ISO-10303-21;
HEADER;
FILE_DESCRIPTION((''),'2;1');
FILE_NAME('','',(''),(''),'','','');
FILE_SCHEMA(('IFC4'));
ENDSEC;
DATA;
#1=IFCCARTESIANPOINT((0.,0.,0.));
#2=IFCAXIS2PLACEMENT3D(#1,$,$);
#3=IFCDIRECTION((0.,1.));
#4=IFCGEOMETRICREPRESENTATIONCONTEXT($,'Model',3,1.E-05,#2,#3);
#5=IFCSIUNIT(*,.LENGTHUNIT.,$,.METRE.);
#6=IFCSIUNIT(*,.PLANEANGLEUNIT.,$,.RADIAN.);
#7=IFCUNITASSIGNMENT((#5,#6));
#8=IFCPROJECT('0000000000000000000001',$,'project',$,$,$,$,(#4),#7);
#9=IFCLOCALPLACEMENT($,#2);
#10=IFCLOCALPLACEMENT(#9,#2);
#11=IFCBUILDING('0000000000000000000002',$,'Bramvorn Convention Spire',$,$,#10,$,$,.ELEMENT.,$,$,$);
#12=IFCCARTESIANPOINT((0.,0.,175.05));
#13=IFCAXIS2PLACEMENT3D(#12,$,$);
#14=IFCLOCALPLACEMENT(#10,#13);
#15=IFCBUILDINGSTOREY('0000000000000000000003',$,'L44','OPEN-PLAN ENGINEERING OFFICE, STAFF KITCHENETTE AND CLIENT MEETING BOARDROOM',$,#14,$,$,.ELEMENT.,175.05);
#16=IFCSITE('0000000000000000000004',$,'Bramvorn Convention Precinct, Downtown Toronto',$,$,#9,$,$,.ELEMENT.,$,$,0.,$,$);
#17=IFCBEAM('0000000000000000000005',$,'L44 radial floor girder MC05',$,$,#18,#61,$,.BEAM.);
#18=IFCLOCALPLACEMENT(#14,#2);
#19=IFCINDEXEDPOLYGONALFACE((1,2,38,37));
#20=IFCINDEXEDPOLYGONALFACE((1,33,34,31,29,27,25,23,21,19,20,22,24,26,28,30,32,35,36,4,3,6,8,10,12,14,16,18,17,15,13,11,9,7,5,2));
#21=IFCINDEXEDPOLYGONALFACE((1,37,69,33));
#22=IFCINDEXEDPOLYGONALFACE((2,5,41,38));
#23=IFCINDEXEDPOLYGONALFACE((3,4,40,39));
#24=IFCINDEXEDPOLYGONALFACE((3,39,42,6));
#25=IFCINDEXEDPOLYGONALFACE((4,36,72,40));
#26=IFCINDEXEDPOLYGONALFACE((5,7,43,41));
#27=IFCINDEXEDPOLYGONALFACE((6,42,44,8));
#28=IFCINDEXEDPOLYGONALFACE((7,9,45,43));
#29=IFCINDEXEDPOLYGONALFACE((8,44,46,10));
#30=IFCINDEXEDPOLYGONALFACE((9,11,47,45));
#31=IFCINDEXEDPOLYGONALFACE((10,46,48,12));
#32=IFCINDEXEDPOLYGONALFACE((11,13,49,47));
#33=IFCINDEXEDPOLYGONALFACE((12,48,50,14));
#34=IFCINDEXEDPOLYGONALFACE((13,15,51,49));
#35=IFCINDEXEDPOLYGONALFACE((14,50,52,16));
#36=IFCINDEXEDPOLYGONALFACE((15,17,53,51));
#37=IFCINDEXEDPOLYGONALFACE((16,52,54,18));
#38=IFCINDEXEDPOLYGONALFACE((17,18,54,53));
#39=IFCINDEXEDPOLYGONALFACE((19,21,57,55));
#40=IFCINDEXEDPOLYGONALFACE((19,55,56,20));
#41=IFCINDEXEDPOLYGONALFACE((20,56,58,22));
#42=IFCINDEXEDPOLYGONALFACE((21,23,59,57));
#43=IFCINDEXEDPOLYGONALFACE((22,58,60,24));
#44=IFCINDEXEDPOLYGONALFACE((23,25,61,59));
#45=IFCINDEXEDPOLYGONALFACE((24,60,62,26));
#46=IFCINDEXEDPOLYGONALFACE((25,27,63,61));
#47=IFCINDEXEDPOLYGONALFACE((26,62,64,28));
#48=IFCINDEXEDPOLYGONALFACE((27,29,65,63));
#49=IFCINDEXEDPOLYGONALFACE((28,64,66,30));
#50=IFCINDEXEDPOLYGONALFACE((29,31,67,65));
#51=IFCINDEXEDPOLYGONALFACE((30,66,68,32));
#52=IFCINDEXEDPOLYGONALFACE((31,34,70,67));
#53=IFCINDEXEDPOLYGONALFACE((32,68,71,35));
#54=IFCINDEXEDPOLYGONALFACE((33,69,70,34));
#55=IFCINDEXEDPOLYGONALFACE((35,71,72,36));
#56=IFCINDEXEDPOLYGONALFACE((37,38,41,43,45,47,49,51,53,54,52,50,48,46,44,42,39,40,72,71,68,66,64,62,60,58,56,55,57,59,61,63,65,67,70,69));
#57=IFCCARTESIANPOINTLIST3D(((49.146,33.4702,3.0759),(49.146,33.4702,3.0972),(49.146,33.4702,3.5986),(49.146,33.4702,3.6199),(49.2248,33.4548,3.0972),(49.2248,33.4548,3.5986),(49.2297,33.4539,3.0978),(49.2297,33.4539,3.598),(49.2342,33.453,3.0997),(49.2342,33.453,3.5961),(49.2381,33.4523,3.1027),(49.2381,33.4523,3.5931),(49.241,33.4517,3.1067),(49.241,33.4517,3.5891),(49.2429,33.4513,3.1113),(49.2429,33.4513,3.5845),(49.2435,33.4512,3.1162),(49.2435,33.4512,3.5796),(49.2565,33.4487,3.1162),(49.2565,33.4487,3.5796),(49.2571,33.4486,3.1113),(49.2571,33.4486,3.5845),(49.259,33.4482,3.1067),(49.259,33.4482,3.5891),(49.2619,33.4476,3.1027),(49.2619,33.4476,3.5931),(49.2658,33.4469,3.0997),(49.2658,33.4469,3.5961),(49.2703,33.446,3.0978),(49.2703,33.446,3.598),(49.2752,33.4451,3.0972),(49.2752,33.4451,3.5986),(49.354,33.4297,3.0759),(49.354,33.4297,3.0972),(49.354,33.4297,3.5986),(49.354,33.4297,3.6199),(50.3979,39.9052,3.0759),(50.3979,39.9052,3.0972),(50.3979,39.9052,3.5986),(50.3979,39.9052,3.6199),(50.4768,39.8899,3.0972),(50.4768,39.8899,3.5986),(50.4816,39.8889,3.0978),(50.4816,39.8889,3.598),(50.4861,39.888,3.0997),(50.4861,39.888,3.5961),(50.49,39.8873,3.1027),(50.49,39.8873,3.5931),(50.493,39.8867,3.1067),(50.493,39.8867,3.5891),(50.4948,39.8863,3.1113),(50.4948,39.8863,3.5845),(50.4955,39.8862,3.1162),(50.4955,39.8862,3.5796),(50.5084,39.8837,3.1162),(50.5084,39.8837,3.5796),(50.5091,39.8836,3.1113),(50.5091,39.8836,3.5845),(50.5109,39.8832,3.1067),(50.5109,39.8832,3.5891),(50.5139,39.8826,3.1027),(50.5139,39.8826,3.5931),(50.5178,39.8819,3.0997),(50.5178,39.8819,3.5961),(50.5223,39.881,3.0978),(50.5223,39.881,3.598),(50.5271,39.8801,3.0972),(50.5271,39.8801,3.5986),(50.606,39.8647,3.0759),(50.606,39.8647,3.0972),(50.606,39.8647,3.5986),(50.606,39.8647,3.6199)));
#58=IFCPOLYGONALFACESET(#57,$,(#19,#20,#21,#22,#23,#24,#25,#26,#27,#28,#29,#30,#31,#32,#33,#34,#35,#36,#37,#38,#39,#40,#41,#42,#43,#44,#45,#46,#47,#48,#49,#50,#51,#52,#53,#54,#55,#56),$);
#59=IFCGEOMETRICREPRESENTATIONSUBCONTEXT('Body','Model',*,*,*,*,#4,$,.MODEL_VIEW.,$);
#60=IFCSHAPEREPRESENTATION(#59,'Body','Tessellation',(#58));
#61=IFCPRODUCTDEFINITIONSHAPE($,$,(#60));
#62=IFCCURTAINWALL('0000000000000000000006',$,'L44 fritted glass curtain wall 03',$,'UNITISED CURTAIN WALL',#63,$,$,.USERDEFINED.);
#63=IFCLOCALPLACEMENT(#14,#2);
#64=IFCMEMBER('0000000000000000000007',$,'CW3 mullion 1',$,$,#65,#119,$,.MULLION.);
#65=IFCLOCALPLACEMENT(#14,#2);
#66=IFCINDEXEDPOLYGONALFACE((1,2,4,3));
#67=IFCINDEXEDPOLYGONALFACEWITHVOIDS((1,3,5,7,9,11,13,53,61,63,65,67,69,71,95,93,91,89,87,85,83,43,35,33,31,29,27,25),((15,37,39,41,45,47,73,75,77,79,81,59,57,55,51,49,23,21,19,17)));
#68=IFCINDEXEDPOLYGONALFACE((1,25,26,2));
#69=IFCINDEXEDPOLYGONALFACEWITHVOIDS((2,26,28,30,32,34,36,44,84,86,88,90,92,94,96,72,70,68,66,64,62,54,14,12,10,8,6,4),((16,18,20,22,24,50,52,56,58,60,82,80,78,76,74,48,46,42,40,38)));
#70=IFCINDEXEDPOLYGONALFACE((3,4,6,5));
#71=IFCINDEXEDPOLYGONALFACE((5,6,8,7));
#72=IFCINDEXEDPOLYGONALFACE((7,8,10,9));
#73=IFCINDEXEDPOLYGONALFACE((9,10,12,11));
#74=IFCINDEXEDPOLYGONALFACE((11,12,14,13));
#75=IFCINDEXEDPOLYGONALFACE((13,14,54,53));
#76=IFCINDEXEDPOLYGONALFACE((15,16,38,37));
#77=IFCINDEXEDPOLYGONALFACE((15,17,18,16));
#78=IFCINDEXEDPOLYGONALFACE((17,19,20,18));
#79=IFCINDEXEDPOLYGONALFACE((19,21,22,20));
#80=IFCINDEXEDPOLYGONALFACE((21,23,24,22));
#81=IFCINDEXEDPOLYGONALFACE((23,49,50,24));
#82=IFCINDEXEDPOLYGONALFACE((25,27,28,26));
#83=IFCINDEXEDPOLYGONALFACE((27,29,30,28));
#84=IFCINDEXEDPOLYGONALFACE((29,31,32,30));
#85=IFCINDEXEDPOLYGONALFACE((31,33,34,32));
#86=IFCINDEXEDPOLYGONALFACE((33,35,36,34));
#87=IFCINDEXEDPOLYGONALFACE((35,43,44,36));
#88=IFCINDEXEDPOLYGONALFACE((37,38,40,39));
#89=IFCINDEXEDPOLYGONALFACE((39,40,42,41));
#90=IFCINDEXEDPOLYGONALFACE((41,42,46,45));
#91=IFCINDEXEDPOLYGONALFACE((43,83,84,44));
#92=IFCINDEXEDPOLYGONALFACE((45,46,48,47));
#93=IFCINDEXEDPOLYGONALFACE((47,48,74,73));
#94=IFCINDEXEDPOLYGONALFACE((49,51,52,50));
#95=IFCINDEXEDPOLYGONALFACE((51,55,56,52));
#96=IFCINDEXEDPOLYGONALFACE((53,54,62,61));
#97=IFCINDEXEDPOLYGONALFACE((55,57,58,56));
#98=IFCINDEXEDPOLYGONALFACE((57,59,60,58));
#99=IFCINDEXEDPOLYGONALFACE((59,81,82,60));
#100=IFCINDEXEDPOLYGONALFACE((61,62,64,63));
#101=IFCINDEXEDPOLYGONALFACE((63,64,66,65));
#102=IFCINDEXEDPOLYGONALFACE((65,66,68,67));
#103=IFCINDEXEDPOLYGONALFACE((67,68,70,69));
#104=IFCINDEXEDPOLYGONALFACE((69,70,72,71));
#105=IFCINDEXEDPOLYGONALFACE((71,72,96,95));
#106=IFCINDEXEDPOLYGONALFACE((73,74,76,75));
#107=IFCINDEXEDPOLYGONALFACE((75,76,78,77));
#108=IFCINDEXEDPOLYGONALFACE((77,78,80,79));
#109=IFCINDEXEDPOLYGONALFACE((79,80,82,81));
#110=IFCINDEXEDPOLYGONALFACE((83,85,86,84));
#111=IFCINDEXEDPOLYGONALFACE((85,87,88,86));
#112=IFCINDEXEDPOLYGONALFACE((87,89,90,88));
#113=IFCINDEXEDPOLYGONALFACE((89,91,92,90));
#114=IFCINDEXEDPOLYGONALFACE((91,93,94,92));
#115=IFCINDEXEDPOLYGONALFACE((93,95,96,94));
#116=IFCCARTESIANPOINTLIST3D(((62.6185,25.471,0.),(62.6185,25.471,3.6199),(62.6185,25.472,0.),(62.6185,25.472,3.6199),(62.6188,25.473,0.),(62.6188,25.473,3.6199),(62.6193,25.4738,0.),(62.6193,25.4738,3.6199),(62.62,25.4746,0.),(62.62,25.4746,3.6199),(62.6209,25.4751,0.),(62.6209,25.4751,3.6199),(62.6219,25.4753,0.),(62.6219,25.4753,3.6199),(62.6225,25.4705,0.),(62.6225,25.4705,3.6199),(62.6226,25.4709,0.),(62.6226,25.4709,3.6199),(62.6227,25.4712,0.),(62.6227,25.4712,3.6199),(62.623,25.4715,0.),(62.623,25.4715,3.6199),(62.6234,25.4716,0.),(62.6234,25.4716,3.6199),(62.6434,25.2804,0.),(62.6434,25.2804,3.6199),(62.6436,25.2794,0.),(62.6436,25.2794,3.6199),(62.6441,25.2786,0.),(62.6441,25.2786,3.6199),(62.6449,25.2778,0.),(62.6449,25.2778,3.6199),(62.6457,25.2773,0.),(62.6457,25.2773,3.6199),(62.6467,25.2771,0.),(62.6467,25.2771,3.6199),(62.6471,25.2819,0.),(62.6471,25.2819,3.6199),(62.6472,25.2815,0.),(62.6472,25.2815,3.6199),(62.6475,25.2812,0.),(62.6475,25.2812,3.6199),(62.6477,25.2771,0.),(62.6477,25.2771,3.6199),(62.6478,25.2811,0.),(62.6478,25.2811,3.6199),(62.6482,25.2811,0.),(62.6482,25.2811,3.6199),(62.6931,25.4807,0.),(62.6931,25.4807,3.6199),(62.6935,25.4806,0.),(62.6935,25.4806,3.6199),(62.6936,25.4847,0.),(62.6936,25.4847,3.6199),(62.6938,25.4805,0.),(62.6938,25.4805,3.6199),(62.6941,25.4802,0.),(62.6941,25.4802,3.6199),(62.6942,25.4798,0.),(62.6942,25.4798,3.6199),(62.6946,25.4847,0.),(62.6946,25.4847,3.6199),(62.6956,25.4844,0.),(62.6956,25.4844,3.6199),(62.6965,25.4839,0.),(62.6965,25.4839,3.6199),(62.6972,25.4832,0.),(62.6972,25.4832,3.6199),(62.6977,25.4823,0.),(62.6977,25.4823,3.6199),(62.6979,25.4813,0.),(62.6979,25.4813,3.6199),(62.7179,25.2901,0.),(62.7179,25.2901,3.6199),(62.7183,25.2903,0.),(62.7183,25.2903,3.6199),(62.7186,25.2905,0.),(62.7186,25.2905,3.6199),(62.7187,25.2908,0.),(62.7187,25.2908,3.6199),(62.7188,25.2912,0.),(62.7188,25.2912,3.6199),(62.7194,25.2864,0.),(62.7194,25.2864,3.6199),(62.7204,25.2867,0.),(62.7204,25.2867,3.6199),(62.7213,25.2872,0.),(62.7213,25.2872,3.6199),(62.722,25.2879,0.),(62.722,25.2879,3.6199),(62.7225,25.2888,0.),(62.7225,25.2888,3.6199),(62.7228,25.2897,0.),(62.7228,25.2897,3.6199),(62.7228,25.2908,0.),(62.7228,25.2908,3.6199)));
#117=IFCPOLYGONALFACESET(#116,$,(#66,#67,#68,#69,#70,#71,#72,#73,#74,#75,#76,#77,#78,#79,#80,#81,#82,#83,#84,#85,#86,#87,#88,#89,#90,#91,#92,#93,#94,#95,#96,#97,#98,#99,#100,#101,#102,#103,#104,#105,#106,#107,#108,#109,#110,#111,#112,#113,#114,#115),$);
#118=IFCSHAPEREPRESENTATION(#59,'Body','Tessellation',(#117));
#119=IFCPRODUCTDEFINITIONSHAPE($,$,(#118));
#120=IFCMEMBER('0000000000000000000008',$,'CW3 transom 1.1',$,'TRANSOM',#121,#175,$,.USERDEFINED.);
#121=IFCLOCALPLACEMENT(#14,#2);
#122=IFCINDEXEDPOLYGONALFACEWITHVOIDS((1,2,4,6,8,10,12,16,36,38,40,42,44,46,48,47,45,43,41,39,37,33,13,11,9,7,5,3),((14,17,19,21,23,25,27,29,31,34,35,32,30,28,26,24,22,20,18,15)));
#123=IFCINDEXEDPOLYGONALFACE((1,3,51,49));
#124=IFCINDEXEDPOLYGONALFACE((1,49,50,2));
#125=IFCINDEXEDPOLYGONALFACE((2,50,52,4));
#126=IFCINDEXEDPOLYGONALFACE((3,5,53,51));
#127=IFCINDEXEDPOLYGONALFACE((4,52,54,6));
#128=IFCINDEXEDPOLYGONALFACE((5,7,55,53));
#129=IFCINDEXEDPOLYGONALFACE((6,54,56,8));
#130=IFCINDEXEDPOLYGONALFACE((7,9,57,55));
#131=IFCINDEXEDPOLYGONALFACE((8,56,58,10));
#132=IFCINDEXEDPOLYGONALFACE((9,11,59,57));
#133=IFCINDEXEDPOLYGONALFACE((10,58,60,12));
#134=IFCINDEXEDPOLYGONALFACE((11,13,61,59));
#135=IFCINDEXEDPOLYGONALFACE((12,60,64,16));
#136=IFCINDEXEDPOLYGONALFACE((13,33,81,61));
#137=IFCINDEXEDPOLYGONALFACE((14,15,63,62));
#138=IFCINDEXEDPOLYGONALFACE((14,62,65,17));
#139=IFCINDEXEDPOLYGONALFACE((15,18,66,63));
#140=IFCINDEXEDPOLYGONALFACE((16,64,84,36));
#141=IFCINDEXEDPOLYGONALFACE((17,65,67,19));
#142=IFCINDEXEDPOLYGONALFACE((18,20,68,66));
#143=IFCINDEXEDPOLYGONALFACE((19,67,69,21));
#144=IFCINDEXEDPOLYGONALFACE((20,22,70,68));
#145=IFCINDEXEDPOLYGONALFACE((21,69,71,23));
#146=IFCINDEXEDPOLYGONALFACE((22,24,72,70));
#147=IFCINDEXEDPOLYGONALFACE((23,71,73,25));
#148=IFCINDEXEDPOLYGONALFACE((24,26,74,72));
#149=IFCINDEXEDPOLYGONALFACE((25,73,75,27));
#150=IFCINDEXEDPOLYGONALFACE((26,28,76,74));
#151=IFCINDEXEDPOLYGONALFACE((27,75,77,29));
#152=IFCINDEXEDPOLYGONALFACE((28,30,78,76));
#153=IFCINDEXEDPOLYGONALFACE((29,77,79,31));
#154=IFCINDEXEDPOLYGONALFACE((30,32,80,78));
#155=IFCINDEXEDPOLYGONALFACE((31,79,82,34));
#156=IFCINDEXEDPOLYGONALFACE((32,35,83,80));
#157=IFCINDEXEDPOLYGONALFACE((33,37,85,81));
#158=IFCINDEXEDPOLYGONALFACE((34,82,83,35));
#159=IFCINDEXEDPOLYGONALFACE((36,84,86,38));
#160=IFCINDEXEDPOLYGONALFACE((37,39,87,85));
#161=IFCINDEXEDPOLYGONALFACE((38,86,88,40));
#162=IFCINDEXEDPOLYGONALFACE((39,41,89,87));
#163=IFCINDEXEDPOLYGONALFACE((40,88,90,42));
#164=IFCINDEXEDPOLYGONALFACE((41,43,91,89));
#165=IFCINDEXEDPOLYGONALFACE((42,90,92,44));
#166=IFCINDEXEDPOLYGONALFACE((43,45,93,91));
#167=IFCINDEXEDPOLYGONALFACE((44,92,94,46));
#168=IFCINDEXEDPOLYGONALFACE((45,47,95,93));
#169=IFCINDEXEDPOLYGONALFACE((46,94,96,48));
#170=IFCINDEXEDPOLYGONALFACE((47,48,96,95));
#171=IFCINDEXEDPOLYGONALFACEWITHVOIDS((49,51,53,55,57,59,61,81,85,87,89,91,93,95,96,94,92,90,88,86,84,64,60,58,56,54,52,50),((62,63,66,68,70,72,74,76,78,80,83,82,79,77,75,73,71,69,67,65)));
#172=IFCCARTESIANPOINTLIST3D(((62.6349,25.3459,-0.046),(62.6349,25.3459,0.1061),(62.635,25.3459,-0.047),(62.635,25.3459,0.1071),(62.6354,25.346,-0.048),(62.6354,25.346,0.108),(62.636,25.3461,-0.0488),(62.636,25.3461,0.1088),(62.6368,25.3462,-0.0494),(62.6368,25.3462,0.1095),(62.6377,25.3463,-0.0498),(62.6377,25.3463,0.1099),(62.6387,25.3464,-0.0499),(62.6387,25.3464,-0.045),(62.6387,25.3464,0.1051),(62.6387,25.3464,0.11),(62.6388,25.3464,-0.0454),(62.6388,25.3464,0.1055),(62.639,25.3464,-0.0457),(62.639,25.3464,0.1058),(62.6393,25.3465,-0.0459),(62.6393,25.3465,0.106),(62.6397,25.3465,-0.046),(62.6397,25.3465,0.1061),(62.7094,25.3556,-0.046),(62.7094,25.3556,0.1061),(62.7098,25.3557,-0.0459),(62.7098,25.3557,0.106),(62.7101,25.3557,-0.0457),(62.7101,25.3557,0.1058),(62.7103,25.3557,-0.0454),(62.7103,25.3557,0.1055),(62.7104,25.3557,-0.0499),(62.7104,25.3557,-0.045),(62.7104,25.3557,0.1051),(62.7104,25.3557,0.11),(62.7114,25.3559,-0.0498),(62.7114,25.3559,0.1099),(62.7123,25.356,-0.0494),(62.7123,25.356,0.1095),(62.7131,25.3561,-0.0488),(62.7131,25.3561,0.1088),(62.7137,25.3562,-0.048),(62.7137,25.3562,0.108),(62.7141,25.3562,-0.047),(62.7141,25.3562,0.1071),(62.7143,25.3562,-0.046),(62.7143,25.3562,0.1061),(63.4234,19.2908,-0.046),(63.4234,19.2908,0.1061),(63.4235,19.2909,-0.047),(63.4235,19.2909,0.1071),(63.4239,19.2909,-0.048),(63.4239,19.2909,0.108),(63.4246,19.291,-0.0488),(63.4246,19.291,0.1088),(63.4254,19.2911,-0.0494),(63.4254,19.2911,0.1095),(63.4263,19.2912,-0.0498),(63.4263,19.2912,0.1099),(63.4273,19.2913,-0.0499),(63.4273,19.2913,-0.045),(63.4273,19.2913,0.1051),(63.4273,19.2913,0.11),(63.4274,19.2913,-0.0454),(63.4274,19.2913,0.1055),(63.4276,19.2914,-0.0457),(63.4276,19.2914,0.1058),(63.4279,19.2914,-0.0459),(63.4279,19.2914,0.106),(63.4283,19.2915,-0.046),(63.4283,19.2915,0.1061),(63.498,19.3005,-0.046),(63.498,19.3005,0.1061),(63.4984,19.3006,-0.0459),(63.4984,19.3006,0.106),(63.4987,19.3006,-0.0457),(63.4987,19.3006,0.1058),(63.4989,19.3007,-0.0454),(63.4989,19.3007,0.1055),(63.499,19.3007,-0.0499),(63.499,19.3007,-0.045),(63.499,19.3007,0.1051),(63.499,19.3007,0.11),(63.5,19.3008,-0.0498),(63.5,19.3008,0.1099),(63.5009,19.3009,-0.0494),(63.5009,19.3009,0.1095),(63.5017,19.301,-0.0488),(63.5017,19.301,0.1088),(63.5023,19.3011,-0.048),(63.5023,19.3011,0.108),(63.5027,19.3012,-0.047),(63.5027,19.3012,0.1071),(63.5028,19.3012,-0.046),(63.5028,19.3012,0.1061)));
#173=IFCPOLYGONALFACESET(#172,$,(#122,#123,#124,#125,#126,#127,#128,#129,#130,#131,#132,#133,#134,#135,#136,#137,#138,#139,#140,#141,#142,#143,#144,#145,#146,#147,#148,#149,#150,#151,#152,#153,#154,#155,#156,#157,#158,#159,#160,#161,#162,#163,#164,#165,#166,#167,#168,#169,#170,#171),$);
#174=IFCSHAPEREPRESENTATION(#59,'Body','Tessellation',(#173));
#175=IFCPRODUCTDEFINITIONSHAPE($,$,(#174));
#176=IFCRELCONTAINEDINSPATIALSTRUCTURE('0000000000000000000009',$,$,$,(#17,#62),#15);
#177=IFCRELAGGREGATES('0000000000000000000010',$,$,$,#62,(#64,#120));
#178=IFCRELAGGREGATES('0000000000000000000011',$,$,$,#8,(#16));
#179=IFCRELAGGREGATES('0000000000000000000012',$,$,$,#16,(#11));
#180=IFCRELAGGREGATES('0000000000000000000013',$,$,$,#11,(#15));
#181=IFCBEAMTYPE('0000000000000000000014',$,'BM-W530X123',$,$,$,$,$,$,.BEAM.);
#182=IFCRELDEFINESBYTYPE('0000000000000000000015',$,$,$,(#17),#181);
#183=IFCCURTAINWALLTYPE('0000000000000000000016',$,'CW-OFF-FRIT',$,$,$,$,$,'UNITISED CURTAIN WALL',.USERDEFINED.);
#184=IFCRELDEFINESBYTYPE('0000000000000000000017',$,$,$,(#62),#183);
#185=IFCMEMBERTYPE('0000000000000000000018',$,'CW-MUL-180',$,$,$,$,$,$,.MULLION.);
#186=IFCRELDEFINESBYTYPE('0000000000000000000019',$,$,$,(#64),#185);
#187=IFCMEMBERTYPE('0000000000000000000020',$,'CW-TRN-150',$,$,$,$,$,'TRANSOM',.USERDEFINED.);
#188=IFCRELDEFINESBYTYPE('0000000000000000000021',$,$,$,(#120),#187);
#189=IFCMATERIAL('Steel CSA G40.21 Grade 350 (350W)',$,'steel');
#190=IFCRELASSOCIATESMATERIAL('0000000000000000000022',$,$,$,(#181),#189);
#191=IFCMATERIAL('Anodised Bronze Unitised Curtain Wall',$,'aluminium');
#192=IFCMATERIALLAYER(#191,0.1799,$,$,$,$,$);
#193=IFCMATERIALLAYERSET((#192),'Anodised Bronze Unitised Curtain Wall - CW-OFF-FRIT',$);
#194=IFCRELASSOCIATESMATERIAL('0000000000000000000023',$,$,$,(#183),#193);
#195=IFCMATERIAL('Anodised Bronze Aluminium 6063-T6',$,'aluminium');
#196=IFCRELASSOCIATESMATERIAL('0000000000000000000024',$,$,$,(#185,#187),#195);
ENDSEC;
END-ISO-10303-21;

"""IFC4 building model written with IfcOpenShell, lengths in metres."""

from ifc_helpers import new_model, si_unit, direction, frame, origin, origin_2d, place, context, subcontext, project, spatial, hollow_rectangle, i_section, extrude, material, layer, layer_set, material_profile, profile_set, type_object, element, aggregate, save


model = new_model("IFC4")

# Units and contexts
model_context = context("Model", 3, precision=1e-05, world=origin(), true_north=direction((0.0, 1.0)))
body_context = subcontext(model_context, "Body", "Model", "MODEL_VIEW")
ifc_project = project(units=[si_unit("LENGTHUNIT", "METRE"), si_unit("PLANEANGLEUNIT", "RADIAN")], contexts=[model_context])

# Site, building, storey
site_placement = place(None, origin())
site = spatial("IfcSite", under=ifc_project, at=site_placement, Name="Bramvorn Convention Precinct, Downtown Toronto", CompositionType="ELEMENT", RefElevation=0.0)
building_placement = place(site_placement, origin())
building = spatial("IfcBuilding", under=site, at=building_placement, Name="Bramvorn Convention Spire", CompositionType="ELEMENT")
storey_placement = place(building_placement, frame((0.0, 0.0, 175.05)))
storey = spatial("IfcBuildingStorey", under=building, at=storey_placement, Name="L44", Description="OPEN-PLAN ENGINEERING OFFICE, STAFF KITCHENETTE AND CLIENT MEETING BOARDROOM", CompositionType="ELEMENT", Elevation=175.05)

# Shared definitions
ifc_material_1 = material(Name="Steel CSA G40.21 Grade 350 (350W)", Category="steel")

# Beam
ifc_material_profile_1 = material_profile(ifc_material_1, i_section(OverallWidth=0.2119, OverallDepth=0.5439, WebThickness=0.0132, FlangeThickness=0.0212, FilletRadius=0.019, at=origin_2d()))
ifc_profile_set_1 = profile_set([ifc_material_profile_1], Name="Steel CSA G40.21 Grade 350 (350W) - W530X123")
beam_type_1 = type_object("IfcBeamType", Name="BM-W530X123", PredefinedType="BEAM", material=ifc_profile_set_1)
beam_1_placement = place(storey_placement, frame((49.25, 33.45, 3.3479), z_axis=(0.190971, 0.981596, 0.0), x_axis=(-0.981596, 0.190971, 0.0)))
element("IfcBeam", 1, at=beam_1_placement, inside=storey, type_object=beam_type_1, Name="L44 radial floor girder MC05", PredefinedType="BEAM", context=body_context, shape_type="SweptSolid", body=[
    extrude(i_section(OverallWidth=0.2119, OverallDepth=0.5439, WebThickness=0.0132, FlangeThickness=0.0212, FilletRadius=0.019, at=origin_2d()), origin(), (0.0, 0.0, 1.0), 6.5557),
])

# Curtain wall, members
ifc_material_2 = material(Name="Anodised Bronze Unitised Curtain Wall", Category="aluminium")
ifc_layer_1 = layer(ifc_material_2, 0.1799)
ifc_layer_set_1 = layer_set([ifc_layer_1], Name="Anodised Bronze Unitised Curtain Wall - CW-OFF-FRIT")
curtain_wall_type = type_object("IfcCurtainWallType", Name="CW-OFF-FRIT", ElementType="UNITISED CURTAIN WALL", PredefinedType="USERDEFINED", material=ifc_layer_set_1)
curtain_wall_placement = place(storey_placement, origin())
curtain_wall = element("IfcCurtainWall", 2, at=curtain_wall_placement, inside=storey, type_object=curtain_wall_type, Name="L44 fritted glass curtain wall 03", ObjectType="UNITISED CURTAIN WALL", PredefinedType="USERDEFINED")
ifc_material_3 = material(Name="Anodised Bronze Aluminium 6063-T6", Category="aluminium")
ifc_material_profile_2 = material_profile(ifc_material_3, hollow_rectangle(XDim=0.0801, YDim=0.2, WallThickness=0.0039, InnerFilletRadius=0.001, OuterFilletRadius=0.0039, at=origin_2d()))
ifc_profile_set_2 = profile_set([ifc_material_profile_2], Name="Anodised Bronze Aluminium 6063-T6 - CWM80X200")
member_type_1 = type_object("IfcMemberType", Name="CW-MUL-180", PredefinedType="MULLION", material=ifc_profile_set_2)
member_1_placement = place(storey_placement, frame((62.6707, 25.3809, 0.0), z_axis=(0.0, 0.0, 1.0), x_axis=(0.991624, 0.129159, 0.0)))
member_1 = element("IfcMember", 3, at=member_1_placement, type_object=member_type_1, Name="CW3 mullion 1", PredefinedType="MULLION", context=body_context, shape_type="SweptSolid", body=[
    extrude(hollow_rectangle(XDim=0.0801, YDim=0.2, WallThickness=0.0039, InnerFilletRadius=0.001, OuterFilletRadius=0.0039, at=origin_2d()), origin(), (0.0, 0.0, 1.0), 3.6199),
])
ifc_material_profile_3 = material_profile(ifc_material_3, hollow_rectangle(XDim=0.0801, YDim=0.1599, WallThickness=0.0039, InnerFilletRadius=0.001, OuterFilletRadius=0.0039, at=origin_2d()))
ifc_profile_set_3 = profile_set([ifc_material_profile_3], Name="Anodised Bronze Aluminium 6063-T6 - CWT80X160")
member_type_2 = type_object("IfcMemberType", Name="CW-TRN-150", ElementType="TRANSOM", PredefinedType="USERDEFINED", material=ifc_profile_set_3)
member_2_placement = place(storey_placement, frame((62.6746, 25.3511, 0.03), z_axis=(0.129141, -0.991626, 0.0), x_axis=(0.991626, 0.129141, 0.0)))
member_2 = element("IfcMember", 4, at=member_2_placement, type_object=member_type_2, Name="CW3 transom 1.1", ObjectType="TRANSOM", PredefinedType="USERDEFINED", context=body_context, shape_type="SweptSolid", body=[
    extrude(hollow_rectangle(XDim=0.0801, YDim=0.1599, WallThickness=0.0039, InnerFilletRadius=0.001, OuterFilletRadius=0.0039, at=origin_2d()), origin(), (0.0, 0.0, 1.0), 6.1062),
])

aggregate(curtain_wall, [member_1, member_2])

save(model, "model.ifc")
